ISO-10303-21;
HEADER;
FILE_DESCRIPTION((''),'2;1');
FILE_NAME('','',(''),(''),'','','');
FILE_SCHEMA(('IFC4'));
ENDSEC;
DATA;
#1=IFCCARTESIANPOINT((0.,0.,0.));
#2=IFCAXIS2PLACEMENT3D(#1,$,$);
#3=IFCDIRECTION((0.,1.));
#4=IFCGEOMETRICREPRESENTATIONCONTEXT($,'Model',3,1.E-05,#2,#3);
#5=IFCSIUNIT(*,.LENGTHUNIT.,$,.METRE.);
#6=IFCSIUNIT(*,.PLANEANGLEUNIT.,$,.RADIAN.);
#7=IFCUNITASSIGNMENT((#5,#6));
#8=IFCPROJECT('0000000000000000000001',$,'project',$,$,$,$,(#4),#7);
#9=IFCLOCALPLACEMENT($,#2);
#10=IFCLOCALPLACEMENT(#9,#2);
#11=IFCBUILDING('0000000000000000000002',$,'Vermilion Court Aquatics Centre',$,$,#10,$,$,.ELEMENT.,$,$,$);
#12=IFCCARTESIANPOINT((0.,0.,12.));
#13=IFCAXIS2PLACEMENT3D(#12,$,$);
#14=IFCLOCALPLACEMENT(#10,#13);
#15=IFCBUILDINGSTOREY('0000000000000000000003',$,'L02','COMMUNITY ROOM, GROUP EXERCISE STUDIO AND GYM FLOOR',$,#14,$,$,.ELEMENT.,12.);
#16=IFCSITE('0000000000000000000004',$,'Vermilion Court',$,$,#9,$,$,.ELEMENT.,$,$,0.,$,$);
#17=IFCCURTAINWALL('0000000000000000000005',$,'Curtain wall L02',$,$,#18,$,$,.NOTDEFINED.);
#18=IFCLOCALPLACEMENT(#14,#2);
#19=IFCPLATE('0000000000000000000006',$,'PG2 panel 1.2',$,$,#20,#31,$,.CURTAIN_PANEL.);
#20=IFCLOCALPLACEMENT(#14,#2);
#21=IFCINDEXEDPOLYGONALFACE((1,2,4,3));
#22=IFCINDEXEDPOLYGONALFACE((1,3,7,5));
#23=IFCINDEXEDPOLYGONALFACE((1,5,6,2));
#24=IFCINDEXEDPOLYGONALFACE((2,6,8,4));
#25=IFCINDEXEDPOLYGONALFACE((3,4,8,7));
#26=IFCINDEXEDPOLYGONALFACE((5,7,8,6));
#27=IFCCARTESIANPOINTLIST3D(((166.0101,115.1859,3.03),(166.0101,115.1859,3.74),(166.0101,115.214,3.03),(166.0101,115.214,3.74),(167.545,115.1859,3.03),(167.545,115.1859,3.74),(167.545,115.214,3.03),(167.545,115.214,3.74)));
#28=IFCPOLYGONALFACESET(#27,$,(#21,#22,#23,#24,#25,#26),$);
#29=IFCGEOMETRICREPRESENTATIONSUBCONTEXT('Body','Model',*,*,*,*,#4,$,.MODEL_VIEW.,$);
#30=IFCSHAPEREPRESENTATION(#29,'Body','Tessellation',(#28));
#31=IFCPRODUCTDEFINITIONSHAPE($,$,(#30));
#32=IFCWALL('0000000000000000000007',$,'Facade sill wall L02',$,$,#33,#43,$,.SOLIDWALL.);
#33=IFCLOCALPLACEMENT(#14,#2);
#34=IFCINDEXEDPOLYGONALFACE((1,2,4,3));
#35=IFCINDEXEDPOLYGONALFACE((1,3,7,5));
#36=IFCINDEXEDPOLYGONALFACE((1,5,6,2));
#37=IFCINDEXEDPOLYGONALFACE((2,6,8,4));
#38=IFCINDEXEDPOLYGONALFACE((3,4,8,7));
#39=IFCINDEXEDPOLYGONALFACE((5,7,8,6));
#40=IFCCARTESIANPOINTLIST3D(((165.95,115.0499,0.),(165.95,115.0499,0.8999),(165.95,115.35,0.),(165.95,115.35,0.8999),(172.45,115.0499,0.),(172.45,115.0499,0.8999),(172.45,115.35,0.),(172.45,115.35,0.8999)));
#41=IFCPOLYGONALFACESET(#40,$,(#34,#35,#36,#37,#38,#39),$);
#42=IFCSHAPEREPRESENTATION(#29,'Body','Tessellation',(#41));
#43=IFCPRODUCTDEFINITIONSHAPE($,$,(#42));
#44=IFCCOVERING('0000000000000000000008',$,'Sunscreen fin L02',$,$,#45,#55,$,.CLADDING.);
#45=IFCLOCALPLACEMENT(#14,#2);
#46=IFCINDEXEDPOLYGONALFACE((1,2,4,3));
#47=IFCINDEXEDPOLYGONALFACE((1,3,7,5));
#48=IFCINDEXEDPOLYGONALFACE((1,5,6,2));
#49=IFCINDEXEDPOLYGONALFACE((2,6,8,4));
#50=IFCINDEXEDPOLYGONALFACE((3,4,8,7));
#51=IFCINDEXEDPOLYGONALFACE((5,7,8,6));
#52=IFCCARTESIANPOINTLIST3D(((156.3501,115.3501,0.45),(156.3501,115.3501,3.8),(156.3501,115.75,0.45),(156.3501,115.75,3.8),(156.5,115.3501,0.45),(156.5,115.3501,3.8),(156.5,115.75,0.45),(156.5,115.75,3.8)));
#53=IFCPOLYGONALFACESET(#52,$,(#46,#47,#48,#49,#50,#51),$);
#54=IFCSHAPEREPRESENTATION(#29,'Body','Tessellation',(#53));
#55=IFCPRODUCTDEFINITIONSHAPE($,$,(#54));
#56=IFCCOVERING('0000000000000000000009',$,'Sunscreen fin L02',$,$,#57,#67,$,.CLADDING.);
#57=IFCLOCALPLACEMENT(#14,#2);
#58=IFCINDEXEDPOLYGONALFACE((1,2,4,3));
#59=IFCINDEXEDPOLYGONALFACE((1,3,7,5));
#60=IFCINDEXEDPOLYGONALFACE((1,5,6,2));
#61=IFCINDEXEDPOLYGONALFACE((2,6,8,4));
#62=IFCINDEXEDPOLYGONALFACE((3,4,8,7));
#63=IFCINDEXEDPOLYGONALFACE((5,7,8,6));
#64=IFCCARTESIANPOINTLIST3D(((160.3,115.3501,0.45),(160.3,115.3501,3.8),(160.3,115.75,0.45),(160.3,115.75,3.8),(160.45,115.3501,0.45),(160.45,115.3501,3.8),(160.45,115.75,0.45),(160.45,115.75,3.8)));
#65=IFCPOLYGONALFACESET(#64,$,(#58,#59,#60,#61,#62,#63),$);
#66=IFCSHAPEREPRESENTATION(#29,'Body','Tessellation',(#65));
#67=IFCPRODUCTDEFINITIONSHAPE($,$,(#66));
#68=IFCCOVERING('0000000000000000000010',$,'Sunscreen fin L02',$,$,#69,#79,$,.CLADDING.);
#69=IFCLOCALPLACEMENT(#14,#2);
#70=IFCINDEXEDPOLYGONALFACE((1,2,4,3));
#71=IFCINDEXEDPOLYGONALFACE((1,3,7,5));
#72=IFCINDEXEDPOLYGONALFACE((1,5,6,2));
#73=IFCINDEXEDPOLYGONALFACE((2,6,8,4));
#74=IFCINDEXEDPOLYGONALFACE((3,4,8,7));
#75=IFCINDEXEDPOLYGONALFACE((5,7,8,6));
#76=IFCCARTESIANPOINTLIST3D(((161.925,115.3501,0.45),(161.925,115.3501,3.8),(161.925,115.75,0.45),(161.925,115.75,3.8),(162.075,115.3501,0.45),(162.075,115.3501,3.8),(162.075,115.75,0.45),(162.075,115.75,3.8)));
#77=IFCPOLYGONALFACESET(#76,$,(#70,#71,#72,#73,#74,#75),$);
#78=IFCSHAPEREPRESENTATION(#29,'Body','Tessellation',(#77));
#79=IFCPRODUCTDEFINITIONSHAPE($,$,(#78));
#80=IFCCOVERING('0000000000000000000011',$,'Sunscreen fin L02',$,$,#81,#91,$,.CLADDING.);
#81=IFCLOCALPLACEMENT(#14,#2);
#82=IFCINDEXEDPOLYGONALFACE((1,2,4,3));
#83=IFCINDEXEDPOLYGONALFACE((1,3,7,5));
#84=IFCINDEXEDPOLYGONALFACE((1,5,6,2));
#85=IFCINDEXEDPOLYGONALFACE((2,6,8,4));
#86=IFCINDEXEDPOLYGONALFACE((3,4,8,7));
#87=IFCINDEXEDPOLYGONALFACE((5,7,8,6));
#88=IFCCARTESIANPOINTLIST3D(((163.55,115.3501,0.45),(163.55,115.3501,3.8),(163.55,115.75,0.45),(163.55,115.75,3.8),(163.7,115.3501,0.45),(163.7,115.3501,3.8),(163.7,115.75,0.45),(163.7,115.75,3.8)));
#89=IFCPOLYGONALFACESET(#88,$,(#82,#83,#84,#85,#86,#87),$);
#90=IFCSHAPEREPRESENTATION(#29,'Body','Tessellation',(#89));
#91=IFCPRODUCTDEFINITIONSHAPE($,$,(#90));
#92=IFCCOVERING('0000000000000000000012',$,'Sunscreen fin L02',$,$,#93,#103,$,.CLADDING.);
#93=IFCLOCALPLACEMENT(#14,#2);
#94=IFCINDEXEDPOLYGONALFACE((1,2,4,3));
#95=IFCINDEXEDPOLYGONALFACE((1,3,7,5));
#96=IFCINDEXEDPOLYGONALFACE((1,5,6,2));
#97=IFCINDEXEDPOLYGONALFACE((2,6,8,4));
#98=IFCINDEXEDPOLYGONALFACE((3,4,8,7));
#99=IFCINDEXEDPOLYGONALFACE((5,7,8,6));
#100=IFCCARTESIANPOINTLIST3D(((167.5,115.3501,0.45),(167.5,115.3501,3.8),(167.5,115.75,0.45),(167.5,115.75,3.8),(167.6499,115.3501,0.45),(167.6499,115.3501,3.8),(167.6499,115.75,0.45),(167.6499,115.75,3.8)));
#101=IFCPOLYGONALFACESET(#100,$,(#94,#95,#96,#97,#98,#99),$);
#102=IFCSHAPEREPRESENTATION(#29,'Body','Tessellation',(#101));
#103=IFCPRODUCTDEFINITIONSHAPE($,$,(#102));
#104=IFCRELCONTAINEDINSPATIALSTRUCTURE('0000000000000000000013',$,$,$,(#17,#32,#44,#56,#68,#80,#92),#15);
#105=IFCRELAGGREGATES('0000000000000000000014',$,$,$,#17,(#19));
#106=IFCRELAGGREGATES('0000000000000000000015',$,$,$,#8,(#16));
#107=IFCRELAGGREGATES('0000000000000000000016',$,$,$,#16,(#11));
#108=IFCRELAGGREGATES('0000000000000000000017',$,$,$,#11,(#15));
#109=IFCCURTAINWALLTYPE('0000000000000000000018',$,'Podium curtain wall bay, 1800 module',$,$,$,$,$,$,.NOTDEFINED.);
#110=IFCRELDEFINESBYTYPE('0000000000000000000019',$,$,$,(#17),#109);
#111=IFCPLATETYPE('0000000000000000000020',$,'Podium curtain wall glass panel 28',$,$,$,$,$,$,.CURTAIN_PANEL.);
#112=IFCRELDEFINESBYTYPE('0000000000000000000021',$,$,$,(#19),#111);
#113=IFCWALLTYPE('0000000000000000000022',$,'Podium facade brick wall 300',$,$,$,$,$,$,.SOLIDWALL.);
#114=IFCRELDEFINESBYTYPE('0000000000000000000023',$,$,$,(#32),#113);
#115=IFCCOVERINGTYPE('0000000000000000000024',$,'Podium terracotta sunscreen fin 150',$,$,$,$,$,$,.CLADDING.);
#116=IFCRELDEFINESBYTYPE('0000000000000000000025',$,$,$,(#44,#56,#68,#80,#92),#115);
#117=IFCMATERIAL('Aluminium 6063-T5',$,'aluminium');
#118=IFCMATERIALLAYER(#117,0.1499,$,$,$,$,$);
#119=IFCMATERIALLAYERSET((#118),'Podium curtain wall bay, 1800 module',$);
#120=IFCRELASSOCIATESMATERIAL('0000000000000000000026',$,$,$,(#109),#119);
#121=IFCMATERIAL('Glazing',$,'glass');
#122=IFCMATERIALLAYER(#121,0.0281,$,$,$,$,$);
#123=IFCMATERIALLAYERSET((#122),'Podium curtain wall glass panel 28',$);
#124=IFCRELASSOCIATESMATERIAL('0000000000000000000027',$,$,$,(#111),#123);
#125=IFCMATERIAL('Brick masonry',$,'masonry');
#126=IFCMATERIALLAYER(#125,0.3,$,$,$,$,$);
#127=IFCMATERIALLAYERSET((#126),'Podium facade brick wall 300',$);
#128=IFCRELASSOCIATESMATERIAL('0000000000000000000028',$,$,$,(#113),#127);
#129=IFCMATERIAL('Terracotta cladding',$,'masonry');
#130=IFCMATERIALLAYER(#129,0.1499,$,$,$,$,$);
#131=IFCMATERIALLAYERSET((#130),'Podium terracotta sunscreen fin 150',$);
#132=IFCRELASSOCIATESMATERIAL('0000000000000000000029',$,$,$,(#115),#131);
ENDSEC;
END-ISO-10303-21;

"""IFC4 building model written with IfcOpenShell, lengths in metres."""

from ifc_helpers import new_model, si_unit, direction, frame, frame_2d, origin, origin_2d, place, context, subcontext, project, spatial, rectangle, extrude, material, layer, layer_set, type_object, element, aggregate, save


model = new_model("IFC4")

# Units and contexts
model_context = context("Model", 3, precision=1e-05, world=origin(), true_north=direction((0.0, 1.0)))
body_context = subcontext(model_context, "Body", "Model", "MODEL_VIEW")
ifc_project = project(units=[si_unit("LENGTHUNIT", "METRE"), si_unit("PLANEANGLEUNIT", "RADIAN")], contexts=[model_context])

# Site, building, storey
site_placement = place(None, origin())
site = spatial("IfcSite", under=ifc_project, at=site_placement, Name="Vermilion Court", CompositionType="ELEMENT", RefElevation=0.0)
building_placement = place(site_placement, origin())
building = spatial("IfcBuilding", under=site, at=building_placement, Name="Vermilion Court Aquatics Centre", CompositionType="ELEMENT")
storey_placement = place(building_placement, frame((0.0, 0.0, 12.0)))
storey = spatial("IfcBuildingStorey", under=building, at=storey_placement, Name="L02", Description="COMMUNITY ROOM, GROUP EXERCISE STUDIO AND GYM FLOOR", CompositionType="ELEMENT", Elevation=12.0)

# Curtain wall
ifc_material_1 = material(Name="Aluminium 6063-T5", Category="aluminium")
ifc_layer_1 = layer(ifc_material_1, 0.1499)
ifc_layer_set_1 = layer_set([ifc_layer_1], Name="Podium curtain wall bay, 1800 module")
curtain_wall_type = type_object("IfcCurtainWallType", Name="Podium curtain wall bay, 1800 module", PredefinedType="NOTDEFINED", material=ifc_layer_set_1)
curtain_wall_1_placement = place(storey_placement, origin())
curtain_wall_1 = element("IfcCurtainWall", 1, at=curtain_wall_1_placement, inside=storey, type_object=curtain_wall_type, Name="Curtain wall L02", PredefinedType="NOTDEFINED")

# Plate
ifc_material_2 = material(Name="Glazing", Category="glass")
ifc_layer_2 = layer(ifc_material_2, 0.0281)
ifc_layer_set_2 = layer_set([ifc_layer_2], Name="Podium curtain wall glass panel 28")
plate_type = type_object("IfcPlateType", Name="Podium curtain wall glass panel 28", PredefinedType="CURTAIN_PANEL", material=ifc_layer_set_2)
plate_1_placement = place(storey_placement, frame((166.7776, 115.2, 3.03), z_axis=(0.0, 0.0, 1.0), x_axis=(1.0, 0.0, 0.0)))
plate_1 = element("IfcPlate", 2, at=plate_1_placement, type_object=plate_type, Name="PG2 panel 1.2", PredefinedType="CURTAIN_PANEL", context=body_context, shape_type="SweptSolid", body=[
    extrude(rectangle(XDim=1.5349, YDim=0.0281, at=origin_2d()), origin(), (0.0, 0.0, 1.0), 0.71),
])
aggregate(curtain_wall_1, [plate_1])

# Wall
ifc_material_3 = material(Name="Brick masonry", Category="masonry")
ifc_layer_3 = layer(ifc_material_3, 0.3)
ifc_layer_set_3 = layer_set([ifc_layer_3], Name="Podium facade brick wall 300")
wall_type = type_object("IfcWallType", Name="Podium facade brick wall 300", PredefinedType="SOLIDWALL", material=ifc_layer_set_3)
wall_placement = place(storey_placement, frame((165.95, 115.2, 0.0), z_axis=(0.0, 0.0, 1.0), x_axis=(1.0, 0.0, 0.0)))
element("IfcWall", 3, at=wall_placement, inside=storey, type_object=wall_type, Name="Facade sill wall L02", PredefinedType="SOLIDWALL", context=body_context, shape_type="SweptSolid", body=[
    extrude(rectangle(XDim=6.5, YDim=0.3, at=frame_2d((3.25, 0.0))), origin(), (0.0, 0.0, 1.0), 0.8999),
])

# Coverings
ifc_material_4 = material(Name="Terracotta cladding", Category="masonry")
ifc_layer_4 = layer(ifc_material_4, 0.1499)
ifc_layer_set_4 = layer_set([ifc_layer_4], Name="Podium terracotta sunscreen fin 150")
covering_type = type_object("IfcCoveringType", Name="Podium terracotta sunscreen fin 150", PredefinedType="CLADDING", material=ifc_layer_set_4)
for number, where, z_axis, x_axis, name in (
    (4, (156.425, 115.3501, 0.45), (0.0, 0.0, 1.0), (0.0, 1.0, 0.0), "Sunscreen fin L02"),
    (5, (160.375, 115.3501, 0.45), (0.0, 0.0, 1.0), (0.0, 1.0, 0.0), "Sunscreen fin L02"),
    (6, (162.0, 115.3501, 0.45), (0.0, 0.0, 1.0), (0.0, 1.0, 0.0), "Sunscreen fin L02"),
    (7, (163.625, 115.3501, 0.45), (0.0, 0.0, 1.0), (0.0, 1.0, 0.0), "Sunscreen fin L02"),
    (8, (167.575, 115.3501, 0.45), (0.0, 0.0, 1.0), (0.0, 1.0, 0.0), "Sunscreen fin L02"),
):
    element("IfcCovering", number, at=place(storey_placement, frame(where, z_axis=z_axis, x_axis=x_axis)), inside=storey, type_object=covering_type, Name=name, PredefinedType="CLADDING", context=body_context, shape_type="SweptSolid", body=[
        extrude(rectangle(XDim=0.3999, YDim=0.1499, at=frame_2d((0.2, 0.0))), origin(), (0.0, 0.0, 1.0), 3.3501),
    ])

save(model, "model.ifc")
